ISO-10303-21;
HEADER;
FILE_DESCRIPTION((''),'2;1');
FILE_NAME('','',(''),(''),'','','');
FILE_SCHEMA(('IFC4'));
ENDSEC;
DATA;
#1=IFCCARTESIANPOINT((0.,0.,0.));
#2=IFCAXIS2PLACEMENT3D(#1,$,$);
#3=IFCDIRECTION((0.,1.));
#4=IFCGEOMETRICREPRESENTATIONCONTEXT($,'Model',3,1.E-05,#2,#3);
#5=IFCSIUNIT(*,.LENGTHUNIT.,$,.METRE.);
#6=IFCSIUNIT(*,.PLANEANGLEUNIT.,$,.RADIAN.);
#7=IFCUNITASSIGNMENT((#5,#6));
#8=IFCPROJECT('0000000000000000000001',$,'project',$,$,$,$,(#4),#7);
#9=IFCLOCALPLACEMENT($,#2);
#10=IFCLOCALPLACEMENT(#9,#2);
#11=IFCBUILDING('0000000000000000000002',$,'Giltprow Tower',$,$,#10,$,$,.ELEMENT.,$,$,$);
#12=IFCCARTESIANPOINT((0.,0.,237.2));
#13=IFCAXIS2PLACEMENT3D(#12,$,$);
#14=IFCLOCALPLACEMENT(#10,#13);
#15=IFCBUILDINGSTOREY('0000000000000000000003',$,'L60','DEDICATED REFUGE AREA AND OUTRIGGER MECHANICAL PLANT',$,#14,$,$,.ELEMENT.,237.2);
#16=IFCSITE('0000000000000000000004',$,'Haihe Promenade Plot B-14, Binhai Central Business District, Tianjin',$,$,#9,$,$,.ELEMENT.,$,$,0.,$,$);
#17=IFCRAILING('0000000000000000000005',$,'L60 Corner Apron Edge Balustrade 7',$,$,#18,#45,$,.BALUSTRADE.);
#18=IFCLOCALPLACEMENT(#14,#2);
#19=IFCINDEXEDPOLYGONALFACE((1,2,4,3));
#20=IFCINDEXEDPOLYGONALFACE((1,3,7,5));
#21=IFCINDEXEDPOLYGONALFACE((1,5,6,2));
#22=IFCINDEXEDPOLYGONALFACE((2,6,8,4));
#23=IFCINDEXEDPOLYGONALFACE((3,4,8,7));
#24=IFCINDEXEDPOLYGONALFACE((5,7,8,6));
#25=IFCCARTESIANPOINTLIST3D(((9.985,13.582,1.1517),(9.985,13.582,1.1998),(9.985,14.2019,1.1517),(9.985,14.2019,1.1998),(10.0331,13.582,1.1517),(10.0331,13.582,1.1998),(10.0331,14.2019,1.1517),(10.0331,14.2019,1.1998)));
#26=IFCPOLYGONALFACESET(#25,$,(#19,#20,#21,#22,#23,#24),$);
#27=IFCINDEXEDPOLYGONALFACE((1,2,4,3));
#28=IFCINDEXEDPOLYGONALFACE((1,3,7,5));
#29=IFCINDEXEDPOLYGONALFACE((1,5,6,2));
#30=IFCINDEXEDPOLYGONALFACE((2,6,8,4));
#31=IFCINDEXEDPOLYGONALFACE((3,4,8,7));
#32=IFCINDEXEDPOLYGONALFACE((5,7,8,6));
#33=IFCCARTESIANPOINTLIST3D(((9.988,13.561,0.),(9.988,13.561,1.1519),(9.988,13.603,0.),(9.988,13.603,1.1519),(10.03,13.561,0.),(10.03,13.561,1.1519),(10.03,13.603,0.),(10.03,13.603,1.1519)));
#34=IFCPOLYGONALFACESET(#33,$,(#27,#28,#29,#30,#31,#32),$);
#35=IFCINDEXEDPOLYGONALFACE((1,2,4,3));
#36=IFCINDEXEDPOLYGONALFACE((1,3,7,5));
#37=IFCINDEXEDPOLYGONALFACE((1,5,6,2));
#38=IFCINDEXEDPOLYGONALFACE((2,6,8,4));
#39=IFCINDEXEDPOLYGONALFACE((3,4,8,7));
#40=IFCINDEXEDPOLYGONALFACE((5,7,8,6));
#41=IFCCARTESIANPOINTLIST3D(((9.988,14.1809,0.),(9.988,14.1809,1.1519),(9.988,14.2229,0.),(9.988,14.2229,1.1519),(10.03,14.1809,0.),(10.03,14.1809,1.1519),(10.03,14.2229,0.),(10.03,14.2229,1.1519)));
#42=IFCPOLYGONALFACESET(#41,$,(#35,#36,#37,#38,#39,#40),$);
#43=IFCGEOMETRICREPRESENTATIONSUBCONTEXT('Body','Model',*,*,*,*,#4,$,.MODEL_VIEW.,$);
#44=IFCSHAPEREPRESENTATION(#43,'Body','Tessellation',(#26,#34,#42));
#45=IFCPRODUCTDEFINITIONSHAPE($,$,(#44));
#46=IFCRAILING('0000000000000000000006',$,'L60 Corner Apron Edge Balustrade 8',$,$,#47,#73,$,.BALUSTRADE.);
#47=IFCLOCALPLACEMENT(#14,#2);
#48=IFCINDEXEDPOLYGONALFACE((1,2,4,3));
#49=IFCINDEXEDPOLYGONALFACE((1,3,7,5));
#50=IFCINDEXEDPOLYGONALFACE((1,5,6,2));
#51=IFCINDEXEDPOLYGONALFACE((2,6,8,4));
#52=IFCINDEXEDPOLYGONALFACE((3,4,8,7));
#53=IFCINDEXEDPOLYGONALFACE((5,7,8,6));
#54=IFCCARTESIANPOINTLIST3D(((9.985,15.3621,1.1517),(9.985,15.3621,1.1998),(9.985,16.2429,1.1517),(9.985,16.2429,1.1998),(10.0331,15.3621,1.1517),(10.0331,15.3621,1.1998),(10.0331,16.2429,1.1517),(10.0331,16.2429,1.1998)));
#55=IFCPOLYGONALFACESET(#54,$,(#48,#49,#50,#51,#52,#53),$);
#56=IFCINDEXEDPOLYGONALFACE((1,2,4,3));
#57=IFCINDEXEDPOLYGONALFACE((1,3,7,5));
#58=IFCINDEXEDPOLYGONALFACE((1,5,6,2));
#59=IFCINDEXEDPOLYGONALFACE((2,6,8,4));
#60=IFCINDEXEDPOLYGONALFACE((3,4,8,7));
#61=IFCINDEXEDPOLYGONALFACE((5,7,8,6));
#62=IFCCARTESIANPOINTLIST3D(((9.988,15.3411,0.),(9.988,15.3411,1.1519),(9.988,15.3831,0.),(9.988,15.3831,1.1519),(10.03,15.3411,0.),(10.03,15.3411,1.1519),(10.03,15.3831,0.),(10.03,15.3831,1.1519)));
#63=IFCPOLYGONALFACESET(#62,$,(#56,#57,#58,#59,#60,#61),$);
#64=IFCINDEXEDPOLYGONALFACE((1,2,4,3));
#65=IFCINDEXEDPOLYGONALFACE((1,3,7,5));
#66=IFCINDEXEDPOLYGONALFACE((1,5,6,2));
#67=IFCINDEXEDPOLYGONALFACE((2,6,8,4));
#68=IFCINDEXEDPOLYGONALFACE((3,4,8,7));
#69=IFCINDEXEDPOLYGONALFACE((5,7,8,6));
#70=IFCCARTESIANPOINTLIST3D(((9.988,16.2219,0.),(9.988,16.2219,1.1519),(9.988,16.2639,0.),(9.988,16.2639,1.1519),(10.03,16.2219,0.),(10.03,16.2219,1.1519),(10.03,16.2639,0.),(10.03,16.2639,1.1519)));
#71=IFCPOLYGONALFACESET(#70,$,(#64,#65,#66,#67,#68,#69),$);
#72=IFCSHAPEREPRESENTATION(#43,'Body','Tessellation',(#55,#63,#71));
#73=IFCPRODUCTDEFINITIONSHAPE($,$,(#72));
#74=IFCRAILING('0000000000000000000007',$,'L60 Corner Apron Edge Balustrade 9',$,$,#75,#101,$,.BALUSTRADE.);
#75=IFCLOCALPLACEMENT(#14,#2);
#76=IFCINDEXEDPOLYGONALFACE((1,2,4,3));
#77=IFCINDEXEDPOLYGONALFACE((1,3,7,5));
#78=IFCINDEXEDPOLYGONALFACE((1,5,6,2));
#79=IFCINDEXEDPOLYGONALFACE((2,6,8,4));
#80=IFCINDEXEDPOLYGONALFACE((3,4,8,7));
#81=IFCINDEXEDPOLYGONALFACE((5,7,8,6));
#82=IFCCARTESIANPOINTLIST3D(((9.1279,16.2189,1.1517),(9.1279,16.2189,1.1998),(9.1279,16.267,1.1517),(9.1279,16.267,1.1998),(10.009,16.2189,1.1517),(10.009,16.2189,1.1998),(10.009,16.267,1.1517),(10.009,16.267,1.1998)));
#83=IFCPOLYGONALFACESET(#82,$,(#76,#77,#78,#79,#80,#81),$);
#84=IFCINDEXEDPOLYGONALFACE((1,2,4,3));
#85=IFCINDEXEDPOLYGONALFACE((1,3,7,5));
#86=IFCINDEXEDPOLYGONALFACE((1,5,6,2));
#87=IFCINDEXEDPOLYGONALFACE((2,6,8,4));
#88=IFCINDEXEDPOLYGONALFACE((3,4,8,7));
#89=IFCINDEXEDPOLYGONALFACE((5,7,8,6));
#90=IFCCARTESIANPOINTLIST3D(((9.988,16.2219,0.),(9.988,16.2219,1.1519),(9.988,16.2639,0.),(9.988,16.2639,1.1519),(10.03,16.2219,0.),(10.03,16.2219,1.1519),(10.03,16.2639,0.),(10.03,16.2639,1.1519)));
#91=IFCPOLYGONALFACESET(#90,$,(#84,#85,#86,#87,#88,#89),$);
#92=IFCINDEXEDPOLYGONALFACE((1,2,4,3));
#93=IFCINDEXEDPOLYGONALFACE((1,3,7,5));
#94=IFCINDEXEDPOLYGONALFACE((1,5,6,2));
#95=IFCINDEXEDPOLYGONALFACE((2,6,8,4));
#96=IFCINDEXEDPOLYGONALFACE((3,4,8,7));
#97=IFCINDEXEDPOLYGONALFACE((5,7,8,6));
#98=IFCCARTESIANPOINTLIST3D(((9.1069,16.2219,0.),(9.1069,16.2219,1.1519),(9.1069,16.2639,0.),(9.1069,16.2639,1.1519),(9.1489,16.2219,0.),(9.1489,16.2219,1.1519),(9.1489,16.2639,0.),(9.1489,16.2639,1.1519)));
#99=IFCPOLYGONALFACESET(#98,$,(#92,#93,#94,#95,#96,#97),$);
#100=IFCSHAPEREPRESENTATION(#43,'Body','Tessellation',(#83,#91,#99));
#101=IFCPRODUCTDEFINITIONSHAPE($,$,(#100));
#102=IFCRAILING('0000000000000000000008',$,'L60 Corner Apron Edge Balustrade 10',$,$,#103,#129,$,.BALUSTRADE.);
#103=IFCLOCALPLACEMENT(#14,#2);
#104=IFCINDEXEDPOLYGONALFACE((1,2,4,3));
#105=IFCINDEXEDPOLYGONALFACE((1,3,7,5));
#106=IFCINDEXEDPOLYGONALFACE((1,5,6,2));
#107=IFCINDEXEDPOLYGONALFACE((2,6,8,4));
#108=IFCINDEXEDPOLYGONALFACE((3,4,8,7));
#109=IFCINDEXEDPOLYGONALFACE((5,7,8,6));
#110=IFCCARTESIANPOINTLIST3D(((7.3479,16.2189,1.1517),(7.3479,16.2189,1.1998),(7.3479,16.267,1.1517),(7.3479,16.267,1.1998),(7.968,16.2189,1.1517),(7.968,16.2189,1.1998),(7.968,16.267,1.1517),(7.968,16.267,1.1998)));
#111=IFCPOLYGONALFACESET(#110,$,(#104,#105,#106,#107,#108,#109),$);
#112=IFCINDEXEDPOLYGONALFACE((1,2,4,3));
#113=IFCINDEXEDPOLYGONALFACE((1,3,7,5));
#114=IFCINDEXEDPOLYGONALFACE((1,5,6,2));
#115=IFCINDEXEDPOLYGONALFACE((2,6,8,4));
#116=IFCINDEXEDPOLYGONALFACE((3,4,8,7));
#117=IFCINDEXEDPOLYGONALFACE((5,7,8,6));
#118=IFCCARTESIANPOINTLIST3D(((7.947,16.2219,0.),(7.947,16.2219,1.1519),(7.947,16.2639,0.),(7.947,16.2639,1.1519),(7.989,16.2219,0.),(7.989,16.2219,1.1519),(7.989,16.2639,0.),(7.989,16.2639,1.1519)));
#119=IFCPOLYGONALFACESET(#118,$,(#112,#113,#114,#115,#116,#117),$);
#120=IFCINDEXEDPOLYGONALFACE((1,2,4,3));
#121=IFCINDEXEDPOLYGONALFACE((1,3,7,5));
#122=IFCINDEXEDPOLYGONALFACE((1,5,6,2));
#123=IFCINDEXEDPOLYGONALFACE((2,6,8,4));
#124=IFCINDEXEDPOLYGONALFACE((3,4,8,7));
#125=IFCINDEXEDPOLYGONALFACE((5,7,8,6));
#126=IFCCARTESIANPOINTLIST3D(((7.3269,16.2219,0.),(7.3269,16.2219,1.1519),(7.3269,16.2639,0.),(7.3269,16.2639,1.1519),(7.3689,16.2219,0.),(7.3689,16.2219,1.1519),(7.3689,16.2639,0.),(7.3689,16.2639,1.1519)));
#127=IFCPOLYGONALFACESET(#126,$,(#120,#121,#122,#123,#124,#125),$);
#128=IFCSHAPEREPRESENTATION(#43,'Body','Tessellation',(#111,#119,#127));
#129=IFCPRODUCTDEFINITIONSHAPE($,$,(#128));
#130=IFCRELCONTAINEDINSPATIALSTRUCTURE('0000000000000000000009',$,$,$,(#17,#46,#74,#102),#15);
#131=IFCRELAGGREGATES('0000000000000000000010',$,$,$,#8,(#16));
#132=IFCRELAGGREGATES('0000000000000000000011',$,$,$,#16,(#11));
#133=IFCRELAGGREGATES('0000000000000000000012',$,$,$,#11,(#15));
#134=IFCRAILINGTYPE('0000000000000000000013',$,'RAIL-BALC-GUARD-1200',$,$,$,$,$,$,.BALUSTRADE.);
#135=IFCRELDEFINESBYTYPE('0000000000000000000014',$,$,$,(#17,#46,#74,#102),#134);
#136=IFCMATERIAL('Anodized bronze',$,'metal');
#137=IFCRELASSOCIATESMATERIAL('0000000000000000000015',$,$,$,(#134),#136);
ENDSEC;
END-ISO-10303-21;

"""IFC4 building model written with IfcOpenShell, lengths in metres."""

from ifc_helpers import new_model, si_unit, direction, frame, origin, origin_2d, place, context, subcontext, project, spatial, rectangle, extrude, material, type_object, element, save


model = new_model("IFC4")

# Units and contexts
model_context = context("Model", 3, precision=1e-05, world=origin(), true_north=direction((0.0, 1.0)))
body_context = subcontext(model_context, "Body", "Model", "MODEL_VIEW")
ifc_project = project(units=[si_unit("LENGTHUNIT", "METRE"), si_unit("PLANEANGLEUNIT", "RADIAN")], contexts=[model_context])

# Site, building, storey
site_placement = place(None, origin())
site = spatial("IfcSite", under=ifc_project, at=site_placement, Name="Haihe Promenade Plot B-14, Binhai Central Business District, Tianjin", CompositionType="ELEMENT", RefElevation=0.0)
building_placement = place(site_placement, origin())
building = spatial("IfcBuilding", under=site, at=building_placement, Name="Giltprow Tower", CompositionType="ELEMENT")
storey_placement = place(building_placement, frame((0.0, 0.0, 237.2)))
storey = spatial("IfcBuildingStorey", under=building, at=storey_placement, Name="L60", Description="DEDICATED REFUGE AREA AND OUTRIGGER MECHANICAL PLANT", CompositionType="ELEMENT", Elevation=237.2)

# Railings
ifc_material_1 = material(Name="Anodized bronze", Category="metal")
railing_type = type_object("IfcRailingType", Name="RAIL-BALC-GUARD-1200", PredefinedType="BALUSTRADE", material=ifc_material_1)
railing_1_placement = place(storey_placement, frame((10.009, 13.582, 0.0)))
element("IfcRailing", 1, at=railing_1_placement, inside=storey, type_object=railing_type, Name="L60 Corner Apron Edge Balustrade 7", PredefinedType="BALUSTRADE", context=body_context, shape_type="SweptSolid", body=[
    extrude(rectangle(XDim=0.0481, YDim=0.0481, at=origin_2d()), frame((0.0, 0.0, 1.1758), z_axis=(0.0, 1.0, 0.0), x_axis=(-1.0, 0.0, 0.0)), (0.0, 0.0, 1.0), 0.6199),
    extrude(rectangle(XDim=0.042, YDim=0.042, at=origin_2d()), origin(), (0.0, 0.0, 1.0), 1.1519),
    extrude(rectangle(XDim=0.042, YDim=0.042, at=origin_2d()), frame((0.0, 0.6199, 0.0)), (0.0, 0.0, 1.0), 1.1519),
])
railing_2_placement = place(storey_placement, frame((10.009, 15.3621, 0.0)))
element("IfcRailing", 2, at=railing_2_placement, inside=storey, type_object=railing_type, Name="L60 Corner Apron Edge Balustrade 8", PredefinedType="BALUSTRADE", context=body_context, shape_type="SweptSolid", body=[
    extrude(rectangle(XDim=0.0481, YDim=0.0481, at=origin_2d()), frame((0.0, 0.0, 1.1758), z_axis=(0.0, 1.0, 0.0), x_axis=(-1.0, 0.0, 0.0)), (0.0, 0.0, 1.0), 0.8809),
    extrude(rectangle(XDim=0.042, YDim=0.042, at=origin_2d()), origin(), (0.0, 0.0, 1.0), 1.1519),
    extrude(rectangle(XDim=0.042, YDim=0.042, at=origin_2d()), frame((0.0, 0.8809, 0.0)), (0.0, 0.0, 1.0), 1.1519),
])
railing_3_placement = place(storey_placement, frame((10.009, 16.2429, 0.0)))
element("IfcRailing", 3, at=railing_3_placement, inside=storey, type_object=railing_type, Name="L60 Corner Apron Edge Balustrade 9", PredefinedType="BALUSTRADE", context=body_context, shape_type="SweptSolid", body=[
    extrude(rectangle(XDim=0.0481, YDim=0.0481, at=origin_2d()), frame((0.0, 0.0, 1.1758), z_axis=(-1.0, 0.0, 0.0), x_axis=(0.0, -1.0, 0.0)), (0.0, 0.0, 1.0), 0.8811),
    extrude(rectangle(XDim=0.042, YDim=0.042, at=origin_2d()), origin(), (0.0, 0.0, 1.0), 1.1519),
    extrude(rectangle(XDim=0.042, YDim=0.042, at=origin_2d()), frame((-0.8811, 0.0, 0.0)), (0.0, 0.0, 1.0), 1.1519),
])
railing_4_placement = place(storey_placement, frame((7.968, 16.2429, 0.0)))
element("IfcRailing", 4, at=railing_4_placement, inside=storey, type_object=railing_type, Name="L60 Corner Apron Edge Balustrade 10", PredefinedType="BALUSTRADE", context=body_context, shape_type="SweptSolid", body=[
    extrude(rectangle(XDim=0.0481, YDim=0.0481, at=origin_2d()), frame((0.0, 0.0, 1.1758), z_axis=(-1.0, 0.0, 0.0), x_axis=(0.0, -1.0, 0.0)), (0.0, 0.0, 1.0), 0.6201),
    extrude(rectangle(XDim=0.042, YDim=0.042, at=origin_2d()), origin(), (0.0, 0.0, 1.0), 1.1519),
    extrude(rectangle(XDim=0.042, YDim=0.042, at=origin_2d()), frame((-0.6201, 0.0, 0.0)), (0.0, 0.0, 1.0), 1.1519),
])

save(model, "model.ifc")
